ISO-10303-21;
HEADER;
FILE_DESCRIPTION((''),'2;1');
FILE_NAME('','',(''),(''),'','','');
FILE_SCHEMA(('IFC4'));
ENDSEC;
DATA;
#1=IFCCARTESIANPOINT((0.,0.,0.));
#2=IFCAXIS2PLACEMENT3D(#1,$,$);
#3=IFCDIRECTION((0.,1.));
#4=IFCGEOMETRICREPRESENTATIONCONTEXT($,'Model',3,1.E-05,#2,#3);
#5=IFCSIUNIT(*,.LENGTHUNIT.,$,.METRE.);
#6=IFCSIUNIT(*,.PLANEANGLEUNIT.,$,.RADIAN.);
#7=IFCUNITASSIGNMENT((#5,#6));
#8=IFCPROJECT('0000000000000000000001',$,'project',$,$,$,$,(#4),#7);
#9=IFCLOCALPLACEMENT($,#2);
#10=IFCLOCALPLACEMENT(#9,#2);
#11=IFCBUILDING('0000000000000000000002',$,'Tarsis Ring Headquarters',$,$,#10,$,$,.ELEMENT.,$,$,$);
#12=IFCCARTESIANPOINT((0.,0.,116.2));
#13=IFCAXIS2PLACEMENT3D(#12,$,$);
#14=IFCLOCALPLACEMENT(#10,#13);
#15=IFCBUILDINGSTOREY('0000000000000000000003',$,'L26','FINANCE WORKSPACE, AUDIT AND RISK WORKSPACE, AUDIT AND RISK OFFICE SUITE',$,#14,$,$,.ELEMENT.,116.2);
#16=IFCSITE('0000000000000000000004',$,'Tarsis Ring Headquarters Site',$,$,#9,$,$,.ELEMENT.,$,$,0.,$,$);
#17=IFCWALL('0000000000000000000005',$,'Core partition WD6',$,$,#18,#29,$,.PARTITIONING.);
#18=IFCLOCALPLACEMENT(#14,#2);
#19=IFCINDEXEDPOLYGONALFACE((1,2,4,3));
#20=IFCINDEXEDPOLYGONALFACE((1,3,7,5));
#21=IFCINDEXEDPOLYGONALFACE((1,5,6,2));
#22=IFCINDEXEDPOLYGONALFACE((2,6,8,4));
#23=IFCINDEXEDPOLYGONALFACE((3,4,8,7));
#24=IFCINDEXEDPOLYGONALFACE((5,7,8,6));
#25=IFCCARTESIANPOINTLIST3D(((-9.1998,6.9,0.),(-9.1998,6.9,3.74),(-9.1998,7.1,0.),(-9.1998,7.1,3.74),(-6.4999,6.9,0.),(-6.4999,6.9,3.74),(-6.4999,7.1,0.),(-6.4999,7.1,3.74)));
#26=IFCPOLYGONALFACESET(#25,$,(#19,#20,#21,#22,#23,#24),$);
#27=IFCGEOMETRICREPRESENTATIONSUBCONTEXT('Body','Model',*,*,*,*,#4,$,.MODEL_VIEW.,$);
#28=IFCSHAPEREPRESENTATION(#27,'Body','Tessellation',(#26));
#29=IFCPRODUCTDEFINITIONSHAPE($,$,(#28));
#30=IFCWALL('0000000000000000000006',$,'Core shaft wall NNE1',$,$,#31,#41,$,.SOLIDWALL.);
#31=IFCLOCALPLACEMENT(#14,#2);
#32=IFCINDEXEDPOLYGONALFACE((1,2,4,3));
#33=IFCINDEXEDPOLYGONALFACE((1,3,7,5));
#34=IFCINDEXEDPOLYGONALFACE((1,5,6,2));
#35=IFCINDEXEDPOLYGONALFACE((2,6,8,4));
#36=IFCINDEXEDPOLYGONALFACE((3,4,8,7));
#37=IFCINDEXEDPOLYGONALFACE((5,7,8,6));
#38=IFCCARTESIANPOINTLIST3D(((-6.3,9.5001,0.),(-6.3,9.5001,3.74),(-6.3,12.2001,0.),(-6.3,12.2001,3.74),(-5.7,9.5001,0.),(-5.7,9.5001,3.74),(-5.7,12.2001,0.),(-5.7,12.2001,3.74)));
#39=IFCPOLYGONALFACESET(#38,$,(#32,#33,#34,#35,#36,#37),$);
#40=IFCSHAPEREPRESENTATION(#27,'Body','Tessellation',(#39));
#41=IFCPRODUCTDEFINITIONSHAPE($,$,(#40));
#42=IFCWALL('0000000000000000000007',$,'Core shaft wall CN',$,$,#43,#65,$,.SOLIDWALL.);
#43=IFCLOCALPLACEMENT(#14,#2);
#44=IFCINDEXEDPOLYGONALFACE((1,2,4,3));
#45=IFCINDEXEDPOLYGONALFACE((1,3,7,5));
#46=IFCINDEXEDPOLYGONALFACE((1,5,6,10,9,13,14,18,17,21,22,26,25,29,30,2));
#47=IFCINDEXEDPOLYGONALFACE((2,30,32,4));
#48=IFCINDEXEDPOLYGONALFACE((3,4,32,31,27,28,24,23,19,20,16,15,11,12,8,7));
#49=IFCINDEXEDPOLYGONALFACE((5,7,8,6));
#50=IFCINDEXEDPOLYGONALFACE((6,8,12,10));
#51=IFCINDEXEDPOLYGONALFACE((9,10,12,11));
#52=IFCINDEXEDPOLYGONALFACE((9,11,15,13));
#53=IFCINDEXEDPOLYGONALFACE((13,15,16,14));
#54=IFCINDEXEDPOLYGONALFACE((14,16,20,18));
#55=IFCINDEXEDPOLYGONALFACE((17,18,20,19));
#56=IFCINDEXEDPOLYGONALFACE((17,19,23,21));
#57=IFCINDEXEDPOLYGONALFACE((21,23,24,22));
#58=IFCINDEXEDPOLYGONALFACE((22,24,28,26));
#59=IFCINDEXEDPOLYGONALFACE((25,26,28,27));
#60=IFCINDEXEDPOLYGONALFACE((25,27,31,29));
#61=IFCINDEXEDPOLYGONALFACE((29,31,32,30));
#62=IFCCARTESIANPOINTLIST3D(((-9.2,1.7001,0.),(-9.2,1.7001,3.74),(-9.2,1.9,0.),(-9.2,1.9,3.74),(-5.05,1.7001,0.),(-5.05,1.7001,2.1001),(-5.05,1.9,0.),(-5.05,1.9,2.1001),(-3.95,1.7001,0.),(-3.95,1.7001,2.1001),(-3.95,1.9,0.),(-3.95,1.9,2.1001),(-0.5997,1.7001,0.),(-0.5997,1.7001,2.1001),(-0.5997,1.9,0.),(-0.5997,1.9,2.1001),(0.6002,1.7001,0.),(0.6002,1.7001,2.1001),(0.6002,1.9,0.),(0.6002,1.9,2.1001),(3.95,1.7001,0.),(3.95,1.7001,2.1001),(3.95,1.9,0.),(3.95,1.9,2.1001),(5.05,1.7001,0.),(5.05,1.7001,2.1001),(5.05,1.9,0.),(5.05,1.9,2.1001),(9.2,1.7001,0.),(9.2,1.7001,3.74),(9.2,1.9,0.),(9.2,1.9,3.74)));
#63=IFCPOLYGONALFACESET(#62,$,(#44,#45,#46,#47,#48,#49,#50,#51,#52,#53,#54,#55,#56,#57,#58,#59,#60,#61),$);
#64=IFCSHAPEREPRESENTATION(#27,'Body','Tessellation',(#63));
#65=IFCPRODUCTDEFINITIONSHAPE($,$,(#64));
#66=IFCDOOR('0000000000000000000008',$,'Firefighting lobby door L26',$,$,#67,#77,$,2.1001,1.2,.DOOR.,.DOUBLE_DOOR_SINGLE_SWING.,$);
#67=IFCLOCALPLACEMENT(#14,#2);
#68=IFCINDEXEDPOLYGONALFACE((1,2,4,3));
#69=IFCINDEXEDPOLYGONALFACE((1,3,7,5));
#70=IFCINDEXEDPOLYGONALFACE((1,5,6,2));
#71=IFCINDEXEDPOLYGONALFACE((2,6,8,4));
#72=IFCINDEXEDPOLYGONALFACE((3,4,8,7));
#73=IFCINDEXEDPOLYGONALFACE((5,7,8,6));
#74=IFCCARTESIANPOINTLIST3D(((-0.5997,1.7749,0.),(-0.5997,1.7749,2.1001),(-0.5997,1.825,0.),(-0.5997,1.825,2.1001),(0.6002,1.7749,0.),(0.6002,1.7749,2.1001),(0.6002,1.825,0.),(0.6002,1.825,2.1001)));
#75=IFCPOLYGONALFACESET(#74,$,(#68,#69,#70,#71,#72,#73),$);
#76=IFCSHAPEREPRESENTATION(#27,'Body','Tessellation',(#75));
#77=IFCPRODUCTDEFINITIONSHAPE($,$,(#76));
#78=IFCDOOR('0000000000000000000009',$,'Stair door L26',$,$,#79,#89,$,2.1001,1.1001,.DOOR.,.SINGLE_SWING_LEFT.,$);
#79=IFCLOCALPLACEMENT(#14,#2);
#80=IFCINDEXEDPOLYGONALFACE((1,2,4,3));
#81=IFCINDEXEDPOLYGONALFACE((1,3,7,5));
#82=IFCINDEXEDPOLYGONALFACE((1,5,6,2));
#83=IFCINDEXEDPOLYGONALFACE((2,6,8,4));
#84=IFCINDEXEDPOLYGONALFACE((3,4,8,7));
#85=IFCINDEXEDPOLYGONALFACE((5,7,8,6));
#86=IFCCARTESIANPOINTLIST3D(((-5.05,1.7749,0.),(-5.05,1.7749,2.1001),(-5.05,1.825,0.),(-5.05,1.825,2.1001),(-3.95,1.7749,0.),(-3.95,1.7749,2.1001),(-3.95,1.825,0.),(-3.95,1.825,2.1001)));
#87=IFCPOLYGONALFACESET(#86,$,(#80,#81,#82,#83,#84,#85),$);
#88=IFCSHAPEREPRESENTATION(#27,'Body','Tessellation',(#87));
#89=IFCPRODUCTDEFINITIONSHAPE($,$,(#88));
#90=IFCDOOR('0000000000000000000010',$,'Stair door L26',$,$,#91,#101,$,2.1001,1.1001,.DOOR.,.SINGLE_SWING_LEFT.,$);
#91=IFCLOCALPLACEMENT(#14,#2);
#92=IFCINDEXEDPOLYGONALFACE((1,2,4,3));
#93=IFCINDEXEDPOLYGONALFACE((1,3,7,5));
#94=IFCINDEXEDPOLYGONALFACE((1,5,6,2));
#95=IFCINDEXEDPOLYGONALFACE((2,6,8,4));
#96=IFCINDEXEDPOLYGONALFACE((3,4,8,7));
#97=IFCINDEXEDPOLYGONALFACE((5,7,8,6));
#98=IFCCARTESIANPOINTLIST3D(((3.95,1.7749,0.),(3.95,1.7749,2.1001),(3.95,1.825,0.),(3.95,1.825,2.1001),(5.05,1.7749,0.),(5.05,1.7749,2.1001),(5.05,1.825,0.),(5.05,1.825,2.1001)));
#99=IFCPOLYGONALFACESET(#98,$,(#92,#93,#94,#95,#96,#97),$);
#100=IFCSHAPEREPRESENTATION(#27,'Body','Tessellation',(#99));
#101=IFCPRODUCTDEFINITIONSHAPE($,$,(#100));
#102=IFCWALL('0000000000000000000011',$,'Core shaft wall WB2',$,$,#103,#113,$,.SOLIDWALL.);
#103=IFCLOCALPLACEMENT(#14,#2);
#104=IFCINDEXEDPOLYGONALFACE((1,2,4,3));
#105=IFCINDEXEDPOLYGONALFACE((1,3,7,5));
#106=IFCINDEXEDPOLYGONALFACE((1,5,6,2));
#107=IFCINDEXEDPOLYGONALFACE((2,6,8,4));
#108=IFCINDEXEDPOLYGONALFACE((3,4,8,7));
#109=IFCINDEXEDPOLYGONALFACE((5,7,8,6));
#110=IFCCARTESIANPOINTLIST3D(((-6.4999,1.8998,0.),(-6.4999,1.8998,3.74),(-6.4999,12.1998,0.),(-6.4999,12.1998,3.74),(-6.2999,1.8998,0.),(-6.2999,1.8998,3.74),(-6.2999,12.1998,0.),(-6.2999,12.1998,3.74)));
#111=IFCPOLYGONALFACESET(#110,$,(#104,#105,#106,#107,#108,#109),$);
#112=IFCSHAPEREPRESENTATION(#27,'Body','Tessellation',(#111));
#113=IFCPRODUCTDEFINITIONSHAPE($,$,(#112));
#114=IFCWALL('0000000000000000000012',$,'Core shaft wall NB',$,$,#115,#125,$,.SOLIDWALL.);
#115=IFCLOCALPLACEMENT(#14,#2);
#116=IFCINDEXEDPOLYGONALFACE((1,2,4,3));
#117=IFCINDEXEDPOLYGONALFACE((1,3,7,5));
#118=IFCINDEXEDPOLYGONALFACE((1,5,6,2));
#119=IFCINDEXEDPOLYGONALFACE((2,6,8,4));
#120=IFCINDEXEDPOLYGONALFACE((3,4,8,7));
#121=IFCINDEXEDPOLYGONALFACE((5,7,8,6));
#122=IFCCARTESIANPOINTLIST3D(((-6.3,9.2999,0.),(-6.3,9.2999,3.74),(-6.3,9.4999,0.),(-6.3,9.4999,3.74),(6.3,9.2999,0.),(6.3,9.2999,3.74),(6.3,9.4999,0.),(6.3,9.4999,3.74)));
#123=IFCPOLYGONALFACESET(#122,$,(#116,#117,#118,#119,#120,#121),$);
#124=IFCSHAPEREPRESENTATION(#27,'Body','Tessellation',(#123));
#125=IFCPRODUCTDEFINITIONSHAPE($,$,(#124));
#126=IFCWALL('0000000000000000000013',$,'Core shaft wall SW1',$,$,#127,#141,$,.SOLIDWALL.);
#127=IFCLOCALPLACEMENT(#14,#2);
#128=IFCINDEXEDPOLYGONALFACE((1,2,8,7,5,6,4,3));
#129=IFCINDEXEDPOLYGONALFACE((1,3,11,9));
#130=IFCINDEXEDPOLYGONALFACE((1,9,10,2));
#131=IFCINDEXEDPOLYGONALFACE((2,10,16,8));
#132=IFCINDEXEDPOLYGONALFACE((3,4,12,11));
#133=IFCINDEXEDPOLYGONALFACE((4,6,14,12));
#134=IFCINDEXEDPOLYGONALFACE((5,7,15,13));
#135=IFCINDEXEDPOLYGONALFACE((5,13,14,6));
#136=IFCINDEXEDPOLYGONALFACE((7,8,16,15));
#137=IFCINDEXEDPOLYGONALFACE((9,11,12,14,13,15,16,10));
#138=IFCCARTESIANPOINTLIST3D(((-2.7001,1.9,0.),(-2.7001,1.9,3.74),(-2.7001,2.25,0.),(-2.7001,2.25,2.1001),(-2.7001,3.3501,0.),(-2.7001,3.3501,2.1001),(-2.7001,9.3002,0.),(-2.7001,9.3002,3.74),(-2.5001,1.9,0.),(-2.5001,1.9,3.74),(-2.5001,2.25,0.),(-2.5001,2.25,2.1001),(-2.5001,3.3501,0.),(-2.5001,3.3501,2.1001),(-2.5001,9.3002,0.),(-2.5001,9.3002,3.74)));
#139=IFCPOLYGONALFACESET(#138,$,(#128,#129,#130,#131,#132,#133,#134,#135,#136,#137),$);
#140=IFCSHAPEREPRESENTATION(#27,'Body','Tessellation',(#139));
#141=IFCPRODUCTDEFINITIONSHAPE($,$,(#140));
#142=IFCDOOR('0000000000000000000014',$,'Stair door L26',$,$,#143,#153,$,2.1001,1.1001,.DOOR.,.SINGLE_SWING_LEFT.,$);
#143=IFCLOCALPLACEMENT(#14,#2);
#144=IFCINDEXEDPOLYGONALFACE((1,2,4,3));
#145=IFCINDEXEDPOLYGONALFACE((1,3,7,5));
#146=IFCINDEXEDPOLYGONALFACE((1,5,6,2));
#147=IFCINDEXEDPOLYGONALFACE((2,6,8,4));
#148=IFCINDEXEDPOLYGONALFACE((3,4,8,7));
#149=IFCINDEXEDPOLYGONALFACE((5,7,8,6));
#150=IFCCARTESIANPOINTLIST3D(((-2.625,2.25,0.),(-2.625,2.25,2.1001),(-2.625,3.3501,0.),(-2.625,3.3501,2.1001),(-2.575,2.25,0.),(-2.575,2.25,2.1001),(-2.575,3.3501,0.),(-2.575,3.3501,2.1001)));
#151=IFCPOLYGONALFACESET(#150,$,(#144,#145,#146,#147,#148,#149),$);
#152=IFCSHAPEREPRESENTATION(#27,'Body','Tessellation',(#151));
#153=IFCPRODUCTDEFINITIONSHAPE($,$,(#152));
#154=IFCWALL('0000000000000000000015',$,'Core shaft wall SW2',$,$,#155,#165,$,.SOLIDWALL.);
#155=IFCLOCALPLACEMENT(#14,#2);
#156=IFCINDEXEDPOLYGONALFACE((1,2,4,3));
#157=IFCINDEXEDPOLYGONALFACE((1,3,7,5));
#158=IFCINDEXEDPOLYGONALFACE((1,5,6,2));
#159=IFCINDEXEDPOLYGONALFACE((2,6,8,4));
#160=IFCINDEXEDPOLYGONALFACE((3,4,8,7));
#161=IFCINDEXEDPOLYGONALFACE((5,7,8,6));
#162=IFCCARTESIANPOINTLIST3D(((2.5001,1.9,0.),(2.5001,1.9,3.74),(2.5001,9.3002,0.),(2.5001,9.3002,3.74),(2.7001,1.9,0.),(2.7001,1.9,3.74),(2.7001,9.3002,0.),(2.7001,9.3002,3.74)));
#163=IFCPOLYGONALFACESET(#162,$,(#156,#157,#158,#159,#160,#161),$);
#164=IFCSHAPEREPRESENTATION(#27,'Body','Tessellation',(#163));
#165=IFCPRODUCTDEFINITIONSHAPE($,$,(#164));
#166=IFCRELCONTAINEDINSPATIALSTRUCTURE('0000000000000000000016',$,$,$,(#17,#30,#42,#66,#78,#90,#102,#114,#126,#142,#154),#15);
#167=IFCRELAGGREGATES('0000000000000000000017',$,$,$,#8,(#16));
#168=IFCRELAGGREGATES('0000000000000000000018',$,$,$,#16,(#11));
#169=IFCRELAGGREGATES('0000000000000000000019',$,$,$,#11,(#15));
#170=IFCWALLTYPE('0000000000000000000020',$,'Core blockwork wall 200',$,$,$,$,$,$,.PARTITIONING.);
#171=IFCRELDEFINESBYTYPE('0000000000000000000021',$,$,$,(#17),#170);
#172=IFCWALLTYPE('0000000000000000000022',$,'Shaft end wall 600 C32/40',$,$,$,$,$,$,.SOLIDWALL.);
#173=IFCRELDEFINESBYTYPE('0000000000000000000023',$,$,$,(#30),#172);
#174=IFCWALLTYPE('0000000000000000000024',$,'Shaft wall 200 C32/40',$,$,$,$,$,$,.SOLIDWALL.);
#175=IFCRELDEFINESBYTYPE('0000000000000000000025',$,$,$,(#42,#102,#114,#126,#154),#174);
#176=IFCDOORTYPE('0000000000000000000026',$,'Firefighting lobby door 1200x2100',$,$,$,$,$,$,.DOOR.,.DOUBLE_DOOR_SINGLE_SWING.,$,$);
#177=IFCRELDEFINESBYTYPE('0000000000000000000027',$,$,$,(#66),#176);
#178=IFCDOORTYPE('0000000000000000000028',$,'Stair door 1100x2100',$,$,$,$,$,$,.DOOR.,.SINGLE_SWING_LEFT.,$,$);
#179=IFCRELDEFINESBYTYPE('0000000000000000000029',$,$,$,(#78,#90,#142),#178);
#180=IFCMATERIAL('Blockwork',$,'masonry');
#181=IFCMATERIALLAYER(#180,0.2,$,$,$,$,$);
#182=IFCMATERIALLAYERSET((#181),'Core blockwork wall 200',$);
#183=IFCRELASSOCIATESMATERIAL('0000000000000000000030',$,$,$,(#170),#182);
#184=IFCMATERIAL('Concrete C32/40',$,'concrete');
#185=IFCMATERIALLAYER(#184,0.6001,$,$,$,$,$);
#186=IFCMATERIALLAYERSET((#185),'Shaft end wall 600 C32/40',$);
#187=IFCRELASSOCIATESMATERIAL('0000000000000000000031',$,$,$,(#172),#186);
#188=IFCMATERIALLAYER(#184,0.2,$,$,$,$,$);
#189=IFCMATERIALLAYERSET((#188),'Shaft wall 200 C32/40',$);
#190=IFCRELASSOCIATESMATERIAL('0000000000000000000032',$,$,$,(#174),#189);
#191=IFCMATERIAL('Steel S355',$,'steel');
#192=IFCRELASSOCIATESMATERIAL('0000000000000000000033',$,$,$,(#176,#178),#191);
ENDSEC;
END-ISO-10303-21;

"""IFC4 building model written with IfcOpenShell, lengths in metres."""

from ifc_helpers import new_model, si_unit, direction, frame, frame_2d, origin, place, context, subcontext, project, spatial, rectangle, extrude, material, layer, layer_set, type_object, element, fill, save


model = new_model("IFC4")

# Units and contexts
model_context = context("Model", 3, precision=1e-05, world=origin(), true_north=direction((0.0, 1.0)))
body_context = subcontext(model_context, "Body", "Model", "MODEL_VIEW")
ifc_project = project(units=[si_unit("LENGTHUNIT", "METRE"), si_unit("PLANEANGLEUNIT", "RADIAN")], contexts=[model_context])

# Site, building, storey
site_placement = place(None, origin())
site = spatial("IfcSite", under=ifc_project, at=site_placement, Name="Tarsis Ring Headquarters Site", CompositionType="ELEMENT", RefElevation=0.0)
building_placement = place(site_placement, origin())
building = spatial("IfcBuilding", under=site, at=building_placement, Name="Tarsis Ring Headquarters", CompositionType="ELEMENT")
storey_placement = place(building_placement, frame((0.0, 0.0, 116.2)))
storey = spatial("IfcBuildingStorey", under=building, at=storey_placement, Name="L26", Description="FINANCE WORKSPACE, AUDIT AND RISK WORKSPACE, AUDIT AND RISK OFFICE SUITE", CompositionType="ELEMENT", Elevation=116.2)

# Walls
ifc_material_1 = material(Name="Blockwork", Category="masonry")
ifc_layer_1 = layer(ifc_material_1, 0.2)
ifc_layer_set_1 = layer_set([ifc_layer_1], Name="Core blockwork wall 200")
wall_type_1 = type_object("IfcWallType", Name="Core blockwork wall 200", PredefinedType="PARTITIONING", material=ifc_layer_set_1)
wall_1_placement = place(storey_placement, frame((-9.2, 7.0, 0.0), z_axis=(0.0, 0.0, 1.0), x_axis=(1.0, 0.0, 0.0)))
element("IfcWall", 1, at=wall_1_placement, inside=storey, type_object=wall_type_1, Name="Core partition WD6", PredefinedType="PARTITIONING", context=body_context, shape_type="SweptSolid", body=[
    extrude(rectangle(XDim=2.7, YDim=0.2, at=frame_2d((1.3501, 0.0))), origin(), (0.0, 0.0, 1.0), 3.74),
])
ifc_material_2 = material(Name="Concrete C32/40", Category="concrete")
ifc_layer_2 = layer(ifc_material_2, 0.6001)
ifc_layer_set_2 = layer_set([ifc_layer_2], Name="Shaft end wall 600 C32/40")
wall_type_2 = type_object("IfcWallType", Name="Shaft end wall 600 C32/40", PredefinedType="SOLIDWALL", material=ifc_layer_set_2)
wall_2_placement = place(storey_placement, frame((-6.0, 9.5, 0.0), z_axis=(0.0, 0.0, 1.0), x_axis=(0.0, 1.0, 0.0)))
element("IfcWall", 2, at=wall_2_placement, inside=storey, type_object=wall_type_2, Name="Core shaft wall NNE1", PredefinedType="SOLIDWALL", context=body_context, shape_type="SweptSolid", body=[
    extrude(rectangle(XDim=2.7, YDim=0.6001, at=frame_2d((1.3501, 0.0))), origin(), (0.0, 0.0, 1.0), 3.74),
])

# Wall, openings, doors
ifc_layer_3 = layer(ifc_material_2, 0.2)
ifc_layer_set_3 = layer_set([ifc_layer_3], Name="Shaft wall 200 C32/40")
wall_type_3 = type_object("IfcWallType", Name="Shaft wall 200 C32/40", PredefinedType="SOLIDWALL", material=ifc_layer_set_3)
wall_3_placement = place(storey_placement, frame((-9.2, 1.8, 0.0), z_axis=(0.0, 0.0, 1.0), x_axis=(1.0, 0.0, 0.0)))
wall_3 = element("IfcWall", 3, at=wall_3_placement, inside=storey, type_object=wall_type_3, Name="Core shaft wall CN", PredefinedType="SOLIDWALL", context=body_context, shape_type="SweptSolid", body=[
    extrude(rectangle(XDim=18.3999, YDim=0.2, at=frame_2d((9.2, 0.0))), origin(), (0.0, 0.0, 1.0), 3.74),
])
opening_1_placement = place(wall_3_placement, frame((4.1499, 0.0, 0.0)))
opening_1 = element("IfcOpeningElement", 4, at=opening_1_placement, cuts=wall_3, PredefinedType="OPENING", context=body_context, shape_type="SweptSolid", body=[
    extrude(rectangle(XDim=1.1001, YDim=2.1001, at=frame_2d((0.55, 1.05))), frame((0.0, 0.1099, 0.0), z_axis=(0.0, -1.0, 0.0), x_axis=(1.0, 0.0, 0.0)), (0.0, 0.0, 1.0), 0.22),
])
opening_2_placement = place(wall_3_placement, frame((8.6001, 0.0, 0.0)))
opening_2 = element("IfcOpeningElement", 5, at=opening_2_placement, cuts=wall_3, PredefinedType="OPENING", context=body_context, shape_type="SweptSolid", body=[
    extrude(rectangle(XDim=1.2, YDim=2.1001, at=frame_2d((0.6001, 1.05))), frame((0.0, 0.1099, 0.0), z_axis=(0.0, -1.0, 0.0), x_axis=(1.0, 0.0, 0.0)), (0.0, 0.0, 1.0), 0.22),
])
opening_3_placement = place(wall_3_placement, frame((13.1499, 0.0, 0.0)))
opening_3 = element("IfcOpeningElement", 6, at=opening_3_placement, cuts=wall_3, PredefinedType="OPENING", context=body_context, shape_type="SweptSolid", body=[
    extrude(rectangle(XDim=1.1001, YDim=2.1001, at=frame_2d((0.55, 1.05))), frame((0.0, 0.1099, 0.0), z_axis=(0.0, -1.0, 0.0), x_axis=(1.0, 0.0, 0.0)), (0.0, 0.0, 1.0), 0.22),
])
ifc_material_3 = material(Name="Steel S355", Category="steel")
door_type_1 = type_object("IfcDoorType", Name="Firefighting lobby door 1200x2100", OperationType="DOUBLE_DOOR_SINGLE_SWING", PredefinedType="DOOR", material=ifc_material_3)
door_1_placement = place(opening_2_placement, origin())
door_1 = element("IfcDoor", 7, at=door_1_placement, inside=storey, type_object=door_type_1, Name="Firefighting lobby door L26", OperationType="DOUBLE_DOOR_SINGLE_SWING", OverallHeight=2.1001, OverallWidth=1.2, PredefinedType="DOOR", context=body_context, shape_type="SweptSolid", body=[
    extrude(rectangle(XDim=1.2, YDim=2.1001, at=frame_2d((0.6001, 1.05))), frame((0.0, 0.0249, 0.0), z_axis=(0.0, -1.0, 0.0), x_axis=(1.0, 0.0, 0.0)), (0.0, 0.0, 1.0), 0.05),
])
fill(opening_2, door_1)
door_type_2 = type_object("IfcDoorType", Name="Stair door 1100x2100", OperationType="SINGLE_SWING_LEFT", PredefinedType="DOOR", material=ifc_material_3)
door_2_placement = place(opening_1_placement, origin())
door_2 = element("IfcDoor", 8, at=door_2_placement, inside=storey, type_object=door_type_2, Name="Stair door L26", OperationType="SINGLE_SWING_LEFT", OverallHeight=2.1001, OverallWidth=1.1001, PredefinedType="DOOR", context=body_context, shape_type="SweptSolid", body=[
    extrude(rectangle(XDim=1.1001, YDim=2.1001, at=frame_2d((0.55, 1.05))), frame((0.0, 0.0249, 0.0), z_axis=(0.0, -1.0, 0.0), x_axis=(1.0, 0.0, 0.0)), (0.0, 0.0, 1.0), 0.05),
])
fill(opening_1, door_2)
door_3_placement = place(opening_3_placement, origin())
door_3 = element("IfcDoor", 9, at=door_3_placement, inside=storey, type_object=door_type_2, Name="Stair door L26", OperationType="SINGLE_SWING_LEFT", OverallHeight=2.1001, OverallWidth=1.1001, PredefinedType="DOOR", context=body_context, shape_type="SweptSolid", body=[
    extrude(rectangle(XDim=1.1001, YDim=2.1001, at=frame_2d((0.55, 1.05))), frame((0.0, 0.0249, 0.0), z_axis=(0.0, -1.0, 0.0), x_axis=(1.0, 0.0, 0.0)), (0.0, 0.0, 1.0), 0.05),
])
fill(opening_3, door_3)

# Walls
wall_4_placement = place(storey_placement, frame((-6.3999, 1.8999, 0.0), z_axis=(0.0, 0.0, 1.0), x_axis=(0.0, 1.0, 0.0)))
element("IfcWall", 10, at=wall_4_placement, inside=storey, type_object=wall_type_3, Name="Core shaft wall WB2", PredefinedType="SOLIDWALL", context=body_context, shape_type="SweptSolid", body=[
    extrude(rectangle(XDim=10.3, YDim=0.2, at=frame_2d((5.1499, 0.0))), origin(), (0.0, 0.0, 1.0), 3.74),
])
wall_5_placement = place(storey_placement, frame((-6.3, 9.3999, 0.0), z_axis=(0.0, 0.0, 1.0), x_axis=(1.0, 0.0, 0.0)))
element("IfcWall", 11, at=wall_5_placement, inside=storey, type_object=wall_type_3, Name="Core shaft wall NB", PredefinedType="SOLIDWALL", context=body_context, shape_type="SweptSolid", body=[
    extrude(rectangle(XDim=12.6001, YDim=0.2, at=frame_2d((6.3, 0.0))), origin(), (0.0, 0.0, 1.0), 3.74),
])

# Wall, opening, door
wall_6_placement = place(storey_placement, frame((-2.6001, 1.8999, 0.0), z_axis=(0.0, 0.0, 1.0), x_axis=(0.0, 1.0, 0.0)))
wall_6 = element("IfcWall", 12, at=wall_6_placement, inside=storey, type_object=wall_type_3, Name="Core shaft wall SW1", PredefinedType="SOLIDWALL", context=body_context, shape_type="SweptSolid", body=[
    extrude(rectangle(XDim=7.4001, YDim=0.2, at=frame_2d((3.7002, 0.0))), origin(), (0.0, 0.0, 1.0), 3.74),
])
opening_4_placement = place(wall_6_placement, frame((0.3501, 0.0, 0.0)))
opening_4 = element("IfcOpeningElement", 13, at=opening_4_placement, cuts=wall_6, PredefinedType="OPENING", context=body_context, shape_type="SweptSolid", body=[
    extrude(rectangle(XDim=1.1001, YDim=2.1001, at=frame_2d((0.55, 1.05))), frame((0.0, 0.1099, 0.0), z_axis=(0.0, -1.0, 0.0), x_axis=(1.0, 0.0, 0.0)), (0.0, 0.0, 1.0), 0.22),
])
door_4_placement = place(opening_4_placement, origin())
door_4 = element("IfcDoor", 14, at=door_4_placement, inside=storey, type_object=door_type_2, Name="Stair door L26", OperationType="SINGLE_SWING_LEFT", OverallHeight=2.1001, OverallWidth=1.1001, PredefinedType="DOOR", context=body_context, shape_type="SweptSolid", body=[
    extrude(rectangle(XDim=1.1001, YDim=2.1001, at=frame_2d((0.55, 1.05))), frame((0.0, 0.0249, 0.0), z_axis=(0.0, -1.0, 0.0), x_axis=(1.0, 0.0, 0.0)), (0.0, 0.0, 1.0), 0.05),
])
fill(opening_4, door_4)

# Wall
wall_7_placement = place(storey_placement, frame((2.6001, 1.8999, 0.0), z_axis=(0.0, 0.0, 1.0), x_axis=(0.0, 1.0, 0.0)))
element("IfcWall", 15, at=wall_7_placement, inside=storey, type_object=wall_type_3, Name="Core shaft wall SW2", PredefinedType="SOLIDWALL", context=body_context, shape_type="SweptSolid", body=[
    extrude(rectangle(XDim=7.4001, YDim=0.2, at=frame_2d((3.7002, 0.0))), origin(), (0.0, 0.0, 1.0), 3.74),
])

save(model, "model.ifc")
